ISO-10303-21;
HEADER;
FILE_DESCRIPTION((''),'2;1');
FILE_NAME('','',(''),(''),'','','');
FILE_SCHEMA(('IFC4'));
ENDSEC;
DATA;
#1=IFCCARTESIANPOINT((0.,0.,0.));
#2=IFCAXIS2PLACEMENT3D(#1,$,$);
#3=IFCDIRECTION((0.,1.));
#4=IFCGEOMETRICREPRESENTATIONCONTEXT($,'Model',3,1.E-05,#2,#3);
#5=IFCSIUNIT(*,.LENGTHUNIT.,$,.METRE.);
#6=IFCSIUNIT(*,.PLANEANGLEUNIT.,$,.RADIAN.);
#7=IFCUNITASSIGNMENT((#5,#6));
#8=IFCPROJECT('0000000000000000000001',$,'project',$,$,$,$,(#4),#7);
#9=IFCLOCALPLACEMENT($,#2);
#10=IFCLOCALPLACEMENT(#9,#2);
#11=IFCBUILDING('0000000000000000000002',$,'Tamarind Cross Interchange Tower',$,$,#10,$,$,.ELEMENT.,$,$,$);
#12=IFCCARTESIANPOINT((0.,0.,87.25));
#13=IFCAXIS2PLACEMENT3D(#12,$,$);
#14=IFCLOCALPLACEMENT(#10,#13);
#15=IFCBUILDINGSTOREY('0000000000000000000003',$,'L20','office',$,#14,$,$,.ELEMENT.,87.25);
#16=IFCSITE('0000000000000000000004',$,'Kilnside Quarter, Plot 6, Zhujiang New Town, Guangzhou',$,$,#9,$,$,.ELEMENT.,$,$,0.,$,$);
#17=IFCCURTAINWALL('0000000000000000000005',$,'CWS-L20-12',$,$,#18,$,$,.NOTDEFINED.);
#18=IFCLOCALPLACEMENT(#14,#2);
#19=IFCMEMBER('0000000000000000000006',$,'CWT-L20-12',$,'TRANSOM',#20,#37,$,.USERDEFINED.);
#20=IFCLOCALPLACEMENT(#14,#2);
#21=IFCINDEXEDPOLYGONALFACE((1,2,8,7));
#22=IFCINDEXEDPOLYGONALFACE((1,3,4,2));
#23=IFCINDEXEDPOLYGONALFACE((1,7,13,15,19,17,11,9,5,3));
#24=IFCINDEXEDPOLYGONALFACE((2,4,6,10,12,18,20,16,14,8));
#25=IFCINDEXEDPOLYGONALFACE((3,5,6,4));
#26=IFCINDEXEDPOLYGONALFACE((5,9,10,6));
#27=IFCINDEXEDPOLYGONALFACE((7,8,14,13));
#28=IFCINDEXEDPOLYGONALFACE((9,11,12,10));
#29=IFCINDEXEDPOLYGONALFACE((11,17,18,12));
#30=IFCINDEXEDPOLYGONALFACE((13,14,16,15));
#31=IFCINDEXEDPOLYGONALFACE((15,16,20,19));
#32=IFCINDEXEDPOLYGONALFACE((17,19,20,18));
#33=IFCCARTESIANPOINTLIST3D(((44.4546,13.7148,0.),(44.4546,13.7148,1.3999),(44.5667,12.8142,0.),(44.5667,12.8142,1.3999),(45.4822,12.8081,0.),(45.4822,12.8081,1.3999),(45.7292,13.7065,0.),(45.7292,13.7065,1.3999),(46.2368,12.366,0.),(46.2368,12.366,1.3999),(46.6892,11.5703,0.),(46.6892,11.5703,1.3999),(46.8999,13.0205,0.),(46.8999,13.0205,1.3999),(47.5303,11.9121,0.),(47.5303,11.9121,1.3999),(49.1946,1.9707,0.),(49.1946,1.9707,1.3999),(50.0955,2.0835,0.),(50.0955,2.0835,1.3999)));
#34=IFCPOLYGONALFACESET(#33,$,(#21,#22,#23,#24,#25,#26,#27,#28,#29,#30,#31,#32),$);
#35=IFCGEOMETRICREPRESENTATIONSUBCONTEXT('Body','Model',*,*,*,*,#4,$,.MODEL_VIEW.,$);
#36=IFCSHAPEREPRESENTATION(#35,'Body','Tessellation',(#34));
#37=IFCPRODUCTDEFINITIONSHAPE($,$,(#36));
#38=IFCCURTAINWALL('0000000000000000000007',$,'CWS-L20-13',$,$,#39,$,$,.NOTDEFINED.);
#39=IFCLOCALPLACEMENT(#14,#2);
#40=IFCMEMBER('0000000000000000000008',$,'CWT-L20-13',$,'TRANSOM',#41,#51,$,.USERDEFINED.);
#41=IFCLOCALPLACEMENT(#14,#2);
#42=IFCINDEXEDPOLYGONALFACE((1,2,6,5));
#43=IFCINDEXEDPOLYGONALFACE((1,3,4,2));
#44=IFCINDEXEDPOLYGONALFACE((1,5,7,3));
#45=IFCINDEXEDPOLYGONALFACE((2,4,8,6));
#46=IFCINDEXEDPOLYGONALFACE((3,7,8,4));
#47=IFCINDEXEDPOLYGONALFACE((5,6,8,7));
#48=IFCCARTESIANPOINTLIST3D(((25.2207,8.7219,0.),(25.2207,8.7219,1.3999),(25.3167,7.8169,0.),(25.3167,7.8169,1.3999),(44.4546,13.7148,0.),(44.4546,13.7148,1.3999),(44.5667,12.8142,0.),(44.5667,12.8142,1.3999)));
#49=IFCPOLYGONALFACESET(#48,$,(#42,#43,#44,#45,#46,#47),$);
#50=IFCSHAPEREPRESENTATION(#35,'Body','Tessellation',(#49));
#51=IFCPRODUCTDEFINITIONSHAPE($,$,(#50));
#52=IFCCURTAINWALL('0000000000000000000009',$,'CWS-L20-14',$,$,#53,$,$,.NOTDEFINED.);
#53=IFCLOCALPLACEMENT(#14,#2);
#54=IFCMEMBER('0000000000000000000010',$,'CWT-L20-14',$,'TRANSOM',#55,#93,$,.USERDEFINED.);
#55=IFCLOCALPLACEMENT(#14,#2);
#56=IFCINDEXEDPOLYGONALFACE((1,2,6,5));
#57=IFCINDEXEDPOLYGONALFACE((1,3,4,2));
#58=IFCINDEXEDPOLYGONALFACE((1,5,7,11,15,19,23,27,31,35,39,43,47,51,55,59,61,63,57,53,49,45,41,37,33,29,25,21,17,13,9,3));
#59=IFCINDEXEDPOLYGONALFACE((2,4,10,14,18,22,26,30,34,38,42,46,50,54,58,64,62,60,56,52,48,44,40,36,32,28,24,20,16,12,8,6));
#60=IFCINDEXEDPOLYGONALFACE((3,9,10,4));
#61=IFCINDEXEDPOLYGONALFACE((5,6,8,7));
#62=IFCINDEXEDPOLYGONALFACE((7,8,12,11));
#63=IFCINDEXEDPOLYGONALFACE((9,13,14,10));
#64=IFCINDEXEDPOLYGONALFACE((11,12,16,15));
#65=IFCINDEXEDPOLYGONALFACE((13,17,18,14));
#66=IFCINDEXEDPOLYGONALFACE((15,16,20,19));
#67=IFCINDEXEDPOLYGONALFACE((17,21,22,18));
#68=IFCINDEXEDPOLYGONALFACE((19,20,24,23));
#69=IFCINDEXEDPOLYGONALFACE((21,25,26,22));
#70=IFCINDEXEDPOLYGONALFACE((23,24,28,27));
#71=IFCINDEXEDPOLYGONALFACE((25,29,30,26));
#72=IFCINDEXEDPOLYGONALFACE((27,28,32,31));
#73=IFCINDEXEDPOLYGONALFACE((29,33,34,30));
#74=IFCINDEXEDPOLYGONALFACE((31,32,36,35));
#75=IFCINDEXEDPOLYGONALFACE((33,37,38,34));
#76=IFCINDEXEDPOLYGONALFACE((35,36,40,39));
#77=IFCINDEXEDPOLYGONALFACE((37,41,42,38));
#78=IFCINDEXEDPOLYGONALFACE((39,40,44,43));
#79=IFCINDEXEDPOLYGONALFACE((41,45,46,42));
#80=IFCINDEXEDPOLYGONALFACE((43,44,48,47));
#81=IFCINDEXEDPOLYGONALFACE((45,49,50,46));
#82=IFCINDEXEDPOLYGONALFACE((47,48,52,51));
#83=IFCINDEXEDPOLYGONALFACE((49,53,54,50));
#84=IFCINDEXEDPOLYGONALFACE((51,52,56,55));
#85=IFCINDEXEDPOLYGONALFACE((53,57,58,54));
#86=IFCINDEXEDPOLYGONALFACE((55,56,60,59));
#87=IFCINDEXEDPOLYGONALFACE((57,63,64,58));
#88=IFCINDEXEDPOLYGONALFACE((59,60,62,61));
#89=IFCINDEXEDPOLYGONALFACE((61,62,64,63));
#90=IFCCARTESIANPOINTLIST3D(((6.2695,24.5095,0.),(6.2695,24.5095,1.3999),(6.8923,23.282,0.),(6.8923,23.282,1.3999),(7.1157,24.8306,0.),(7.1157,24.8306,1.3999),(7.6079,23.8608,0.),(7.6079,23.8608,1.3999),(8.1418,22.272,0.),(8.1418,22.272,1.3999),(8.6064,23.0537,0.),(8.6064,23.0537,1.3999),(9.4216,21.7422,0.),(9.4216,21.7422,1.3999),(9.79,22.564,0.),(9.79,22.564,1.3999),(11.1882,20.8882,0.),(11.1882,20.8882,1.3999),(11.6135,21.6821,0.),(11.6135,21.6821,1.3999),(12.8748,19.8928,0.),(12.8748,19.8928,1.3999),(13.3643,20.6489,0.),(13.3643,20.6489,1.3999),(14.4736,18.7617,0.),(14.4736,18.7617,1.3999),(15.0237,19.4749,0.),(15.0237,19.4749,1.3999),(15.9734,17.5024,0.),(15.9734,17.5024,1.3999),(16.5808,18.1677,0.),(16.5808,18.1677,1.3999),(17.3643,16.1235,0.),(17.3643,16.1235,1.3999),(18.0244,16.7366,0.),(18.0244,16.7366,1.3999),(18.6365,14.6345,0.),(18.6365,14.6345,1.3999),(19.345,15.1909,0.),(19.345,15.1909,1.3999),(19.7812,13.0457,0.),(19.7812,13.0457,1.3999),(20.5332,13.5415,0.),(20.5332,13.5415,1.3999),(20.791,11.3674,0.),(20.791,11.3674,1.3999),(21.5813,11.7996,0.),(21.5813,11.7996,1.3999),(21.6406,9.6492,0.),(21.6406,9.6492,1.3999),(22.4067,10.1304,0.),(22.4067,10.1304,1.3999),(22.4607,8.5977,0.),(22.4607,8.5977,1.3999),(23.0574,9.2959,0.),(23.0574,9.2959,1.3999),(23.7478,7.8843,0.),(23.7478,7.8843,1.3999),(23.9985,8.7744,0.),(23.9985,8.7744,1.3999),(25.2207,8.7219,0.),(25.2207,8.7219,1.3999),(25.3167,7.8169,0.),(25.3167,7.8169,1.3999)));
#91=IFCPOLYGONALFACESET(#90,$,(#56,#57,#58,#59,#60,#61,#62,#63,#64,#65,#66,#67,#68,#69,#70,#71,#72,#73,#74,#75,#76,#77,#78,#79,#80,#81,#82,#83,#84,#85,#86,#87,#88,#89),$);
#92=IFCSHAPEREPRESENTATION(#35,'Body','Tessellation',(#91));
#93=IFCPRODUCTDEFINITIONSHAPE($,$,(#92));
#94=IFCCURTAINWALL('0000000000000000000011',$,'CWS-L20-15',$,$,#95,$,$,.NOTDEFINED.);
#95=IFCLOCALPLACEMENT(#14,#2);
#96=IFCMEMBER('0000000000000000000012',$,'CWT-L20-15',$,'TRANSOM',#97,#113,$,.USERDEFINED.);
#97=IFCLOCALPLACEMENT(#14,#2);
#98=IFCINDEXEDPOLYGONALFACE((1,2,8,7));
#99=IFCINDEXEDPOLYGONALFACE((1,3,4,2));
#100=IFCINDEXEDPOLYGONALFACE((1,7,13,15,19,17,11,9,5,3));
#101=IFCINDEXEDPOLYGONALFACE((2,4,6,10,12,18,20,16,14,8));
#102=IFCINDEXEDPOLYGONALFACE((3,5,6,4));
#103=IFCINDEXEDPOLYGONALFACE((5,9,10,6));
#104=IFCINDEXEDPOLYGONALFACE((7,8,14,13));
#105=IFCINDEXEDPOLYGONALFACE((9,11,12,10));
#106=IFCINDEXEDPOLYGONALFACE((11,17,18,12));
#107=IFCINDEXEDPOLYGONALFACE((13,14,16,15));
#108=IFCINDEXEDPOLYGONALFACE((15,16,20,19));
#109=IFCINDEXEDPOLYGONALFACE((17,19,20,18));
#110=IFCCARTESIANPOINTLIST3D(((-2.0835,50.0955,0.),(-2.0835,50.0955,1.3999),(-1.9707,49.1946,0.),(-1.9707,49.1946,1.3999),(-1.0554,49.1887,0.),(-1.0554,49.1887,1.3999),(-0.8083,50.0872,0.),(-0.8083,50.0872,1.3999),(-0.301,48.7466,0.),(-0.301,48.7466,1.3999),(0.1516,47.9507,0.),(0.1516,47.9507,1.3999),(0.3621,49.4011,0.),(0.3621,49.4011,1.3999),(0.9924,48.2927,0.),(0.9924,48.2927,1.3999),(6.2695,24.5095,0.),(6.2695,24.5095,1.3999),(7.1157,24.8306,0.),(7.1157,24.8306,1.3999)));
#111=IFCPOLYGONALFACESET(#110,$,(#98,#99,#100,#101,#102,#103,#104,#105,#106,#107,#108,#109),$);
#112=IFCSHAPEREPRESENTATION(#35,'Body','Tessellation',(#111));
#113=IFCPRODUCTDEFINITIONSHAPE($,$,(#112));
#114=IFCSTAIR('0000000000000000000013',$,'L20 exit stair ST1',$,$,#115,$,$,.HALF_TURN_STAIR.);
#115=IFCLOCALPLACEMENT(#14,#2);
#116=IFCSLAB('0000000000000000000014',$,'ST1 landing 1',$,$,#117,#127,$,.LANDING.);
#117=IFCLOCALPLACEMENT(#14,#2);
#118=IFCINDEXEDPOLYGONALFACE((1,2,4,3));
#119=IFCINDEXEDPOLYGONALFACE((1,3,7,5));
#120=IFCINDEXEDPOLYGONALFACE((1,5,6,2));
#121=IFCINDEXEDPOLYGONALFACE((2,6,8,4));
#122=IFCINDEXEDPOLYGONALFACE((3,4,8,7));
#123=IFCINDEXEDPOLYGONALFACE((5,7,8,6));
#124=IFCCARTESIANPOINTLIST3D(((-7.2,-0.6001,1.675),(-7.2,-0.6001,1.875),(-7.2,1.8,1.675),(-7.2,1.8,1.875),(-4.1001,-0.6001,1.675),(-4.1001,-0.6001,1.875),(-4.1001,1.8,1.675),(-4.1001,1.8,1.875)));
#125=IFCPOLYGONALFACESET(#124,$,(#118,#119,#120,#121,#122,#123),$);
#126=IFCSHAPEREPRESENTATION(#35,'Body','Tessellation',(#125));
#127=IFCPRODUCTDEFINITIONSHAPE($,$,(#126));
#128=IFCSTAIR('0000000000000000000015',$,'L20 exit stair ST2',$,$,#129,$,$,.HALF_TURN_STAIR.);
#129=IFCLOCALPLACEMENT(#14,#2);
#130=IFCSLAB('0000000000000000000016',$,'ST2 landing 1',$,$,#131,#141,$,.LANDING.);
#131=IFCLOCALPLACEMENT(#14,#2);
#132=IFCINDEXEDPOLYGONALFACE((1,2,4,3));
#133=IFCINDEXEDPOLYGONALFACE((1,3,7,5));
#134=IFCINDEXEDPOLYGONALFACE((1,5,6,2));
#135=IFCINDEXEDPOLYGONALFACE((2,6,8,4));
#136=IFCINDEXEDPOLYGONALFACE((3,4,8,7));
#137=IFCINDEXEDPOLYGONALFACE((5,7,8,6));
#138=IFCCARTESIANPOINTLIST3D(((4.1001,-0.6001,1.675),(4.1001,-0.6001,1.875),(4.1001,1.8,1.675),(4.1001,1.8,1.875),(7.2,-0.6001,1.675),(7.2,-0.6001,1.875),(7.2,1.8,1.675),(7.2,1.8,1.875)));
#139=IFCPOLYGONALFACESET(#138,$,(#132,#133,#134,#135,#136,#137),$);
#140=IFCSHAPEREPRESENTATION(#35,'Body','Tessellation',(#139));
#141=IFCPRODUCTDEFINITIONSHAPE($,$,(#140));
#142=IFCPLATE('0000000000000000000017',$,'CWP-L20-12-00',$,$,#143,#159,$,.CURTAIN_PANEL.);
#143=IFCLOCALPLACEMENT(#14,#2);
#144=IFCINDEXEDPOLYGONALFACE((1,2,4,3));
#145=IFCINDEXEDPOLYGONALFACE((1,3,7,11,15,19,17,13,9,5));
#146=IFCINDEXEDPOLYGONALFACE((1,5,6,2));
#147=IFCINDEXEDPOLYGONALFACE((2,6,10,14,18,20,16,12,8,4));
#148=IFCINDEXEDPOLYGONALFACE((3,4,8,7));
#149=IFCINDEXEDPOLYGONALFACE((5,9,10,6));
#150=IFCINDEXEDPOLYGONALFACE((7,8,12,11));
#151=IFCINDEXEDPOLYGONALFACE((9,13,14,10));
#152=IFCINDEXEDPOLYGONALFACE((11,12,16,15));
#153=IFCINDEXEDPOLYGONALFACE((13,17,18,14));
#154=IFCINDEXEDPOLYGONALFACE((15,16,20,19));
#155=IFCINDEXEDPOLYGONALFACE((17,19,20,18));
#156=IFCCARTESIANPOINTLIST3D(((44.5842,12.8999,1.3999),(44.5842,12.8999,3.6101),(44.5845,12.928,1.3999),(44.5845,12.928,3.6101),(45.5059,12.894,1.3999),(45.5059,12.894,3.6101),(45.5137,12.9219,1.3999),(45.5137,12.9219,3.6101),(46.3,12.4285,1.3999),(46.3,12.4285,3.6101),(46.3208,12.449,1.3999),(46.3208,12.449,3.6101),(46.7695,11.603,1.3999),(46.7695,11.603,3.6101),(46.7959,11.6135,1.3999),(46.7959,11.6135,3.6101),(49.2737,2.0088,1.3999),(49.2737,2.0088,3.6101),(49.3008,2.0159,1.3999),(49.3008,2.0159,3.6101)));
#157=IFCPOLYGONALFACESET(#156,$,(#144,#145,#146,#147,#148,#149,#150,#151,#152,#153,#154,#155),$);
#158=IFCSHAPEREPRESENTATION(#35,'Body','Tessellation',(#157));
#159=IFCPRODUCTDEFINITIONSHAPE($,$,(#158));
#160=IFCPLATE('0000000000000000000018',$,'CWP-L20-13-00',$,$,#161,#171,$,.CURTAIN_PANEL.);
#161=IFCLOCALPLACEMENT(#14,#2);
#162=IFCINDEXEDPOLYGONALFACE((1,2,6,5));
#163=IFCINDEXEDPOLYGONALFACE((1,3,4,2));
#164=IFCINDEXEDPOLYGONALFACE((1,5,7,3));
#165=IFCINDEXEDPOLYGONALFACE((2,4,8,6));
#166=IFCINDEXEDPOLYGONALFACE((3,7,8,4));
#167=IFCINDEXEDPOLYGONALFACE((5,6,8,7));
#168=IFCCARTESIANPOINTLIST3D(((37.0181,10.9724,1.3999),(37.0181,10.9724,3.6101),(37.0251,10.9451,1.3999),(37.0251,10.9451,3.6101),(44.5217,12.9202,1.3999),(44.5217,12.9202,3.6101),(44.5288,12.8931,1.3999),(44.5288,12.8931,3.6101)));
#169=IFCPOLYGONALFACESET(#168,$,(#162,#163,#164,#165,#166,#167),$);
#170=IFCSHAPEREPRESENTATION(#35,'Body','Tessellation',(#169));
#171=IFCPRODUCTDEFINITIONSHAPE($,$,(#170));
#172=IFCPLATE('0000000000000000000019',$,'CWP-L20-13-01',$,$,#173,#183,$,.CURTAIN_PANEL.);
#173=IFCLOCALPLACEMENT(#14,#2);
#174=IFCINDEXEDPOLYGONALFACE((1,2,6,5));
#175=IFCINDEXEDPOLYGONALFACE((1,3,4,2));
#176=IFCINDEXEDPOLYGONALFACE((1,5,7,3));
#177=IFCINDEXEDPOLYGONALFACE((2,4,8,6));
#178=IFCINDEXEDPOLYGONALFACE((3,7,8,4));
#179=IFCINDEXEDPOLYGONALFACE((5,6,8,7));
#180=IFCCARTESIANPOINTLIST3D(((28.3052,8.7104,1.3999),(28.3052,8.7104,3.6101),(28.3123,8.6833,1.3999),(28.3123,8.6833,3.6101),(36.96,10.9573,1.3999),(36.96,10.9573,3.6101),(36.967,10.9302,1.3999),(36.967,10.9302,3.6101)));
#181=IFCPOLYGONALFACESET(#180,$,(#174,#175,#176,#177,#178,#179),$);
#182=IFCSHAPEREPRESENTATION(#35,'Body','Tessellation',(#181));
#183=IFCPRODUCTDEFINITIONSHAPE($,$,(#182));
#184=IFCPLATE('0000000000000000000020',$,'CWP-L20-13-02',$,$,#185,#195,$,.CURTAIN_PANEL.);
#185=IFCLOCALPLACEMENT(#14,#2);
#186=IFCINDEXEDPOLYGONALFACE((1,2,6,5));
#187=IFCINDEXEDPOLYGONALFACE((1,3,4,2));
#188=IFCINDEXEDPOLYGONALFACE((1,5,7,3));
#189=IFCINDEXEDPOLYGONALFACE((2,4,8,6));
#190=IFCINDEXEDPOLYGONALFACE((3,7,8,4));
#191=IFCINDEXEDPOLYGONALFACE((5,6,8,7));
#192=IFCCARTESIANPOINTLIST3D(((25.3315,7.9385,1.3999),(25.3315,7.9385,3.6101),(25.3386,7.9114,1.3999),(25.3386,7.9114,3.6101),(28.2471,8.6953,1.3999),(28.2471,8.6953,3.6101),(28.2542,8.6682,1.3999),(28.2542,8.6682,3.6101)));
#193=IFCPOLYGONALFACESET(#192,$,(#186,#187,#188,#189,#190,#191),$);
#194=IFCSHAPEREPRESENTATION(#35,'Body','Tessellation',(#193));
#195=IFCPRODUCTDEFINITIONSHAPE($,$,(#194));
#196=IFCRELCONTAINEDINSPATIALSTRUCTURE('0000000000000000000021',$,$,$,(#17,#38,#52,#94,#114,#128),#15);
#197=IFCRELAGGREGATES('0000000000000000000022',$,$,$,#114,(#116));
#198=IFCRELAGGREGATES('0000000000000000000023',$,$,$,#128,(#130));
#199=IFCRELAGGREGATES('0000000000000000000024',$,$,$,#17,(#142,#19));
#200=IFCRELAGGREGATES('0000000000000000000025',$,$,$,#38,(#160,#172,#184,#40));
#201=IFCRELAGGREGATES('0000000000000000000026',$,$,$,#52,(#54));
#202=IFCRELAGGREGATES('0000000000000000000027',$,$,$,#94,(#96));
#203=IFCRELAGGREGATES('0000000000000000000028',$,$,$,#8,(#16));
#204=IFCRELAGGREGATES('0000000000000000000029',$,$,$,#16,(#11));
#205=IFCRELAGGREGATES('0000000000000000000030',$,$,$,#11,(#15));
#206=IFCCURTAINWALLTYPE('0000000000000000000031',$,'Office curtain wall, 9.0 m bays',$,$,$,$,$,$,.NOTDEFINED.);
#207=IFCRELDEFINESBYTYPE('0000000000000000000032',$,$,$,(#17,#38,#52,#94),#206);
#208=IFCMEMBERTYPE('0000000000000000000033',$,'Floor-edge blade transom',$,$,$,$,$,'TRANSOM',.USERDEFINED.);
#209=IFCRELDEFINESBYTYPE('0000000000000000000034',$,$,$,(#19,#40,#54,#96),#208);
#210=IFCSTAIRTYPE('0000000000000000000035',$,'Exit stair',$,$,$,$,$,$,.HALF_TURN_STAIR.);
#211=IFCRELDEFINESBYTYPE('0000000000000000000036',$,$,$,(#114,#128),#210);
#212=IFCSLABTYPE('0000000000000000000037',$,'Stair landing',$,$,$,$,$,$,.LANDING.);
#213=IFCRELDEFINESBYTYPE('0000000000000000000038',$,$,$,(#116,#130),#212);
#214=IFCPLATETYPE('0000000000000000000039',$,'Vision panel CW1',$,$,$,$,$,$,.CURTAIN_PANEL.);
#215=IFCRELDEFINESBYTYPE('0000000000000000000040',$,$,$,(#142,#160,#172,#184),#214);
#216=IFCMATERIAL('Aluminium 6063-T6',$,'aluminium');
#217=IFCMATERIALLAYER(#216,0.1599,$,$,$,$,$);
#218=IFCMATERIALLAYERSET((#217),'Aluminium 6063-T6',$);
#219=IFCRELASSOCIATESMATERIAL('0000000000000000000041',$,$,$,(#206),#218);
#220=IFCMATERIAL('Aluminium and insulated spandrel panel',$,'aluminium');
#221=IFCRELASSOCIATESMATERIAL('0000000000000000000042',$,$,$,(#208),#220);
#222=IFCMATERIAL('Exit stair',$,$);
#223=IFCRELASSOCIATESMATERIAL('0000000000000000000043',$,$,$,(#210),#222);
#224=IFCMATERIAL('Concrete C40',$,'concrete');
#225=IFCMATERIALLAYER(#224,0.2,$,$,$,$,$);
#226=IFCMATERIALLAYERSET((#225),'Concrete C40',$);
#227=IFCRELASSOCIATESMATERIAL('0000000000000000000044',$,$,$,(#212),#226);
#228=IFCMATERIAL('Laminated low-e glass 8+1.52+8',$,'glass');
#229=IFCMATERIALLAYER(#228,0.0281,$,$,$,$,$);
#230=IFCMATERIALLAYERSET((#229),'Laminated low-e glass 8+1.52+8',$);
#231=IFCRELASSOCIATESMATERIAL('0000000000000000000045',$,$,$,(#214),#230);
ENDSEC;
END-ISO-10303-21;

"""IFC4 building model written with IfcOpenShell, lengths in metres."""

from ifc_helpers import new_model, si_unit, direction, frame, origin, place, context, subcontext, project, spatial, polyline, outline, extrude, material, layer, layer_set, type_object, element, aggregate, save


model = new_model("IFC4")

# Units and contexts
model_context = context("Model", 3, precision=1e-05, world=origin(), true_north=direction((0.0, 1.0)))
body_context = subcontext(model_context, "Body", "Model", "MODEL_VIEW")
ifc_project = project(units=[si_unit("LENGTHUNIT", "METRE"), si_unit("PLANEANGLEUNIT", "RADIAN")], contexts=[model_context])

# Site, building, storey
site_placement = place(None, origin())
site = spatial("IfcSite", under=ifc_project, at=site_placement, Name="Kilnside Quarter, Plot 6, Zhujiang New Town, Guangzhou", CompositionType="ELEMENT", RefElevation=0.0)
building_placement = place(site_placement, origin())
building = spatial("IfcBuilding", under=site, at=building_placement, Name="Tamarind Cross Interchange Tower", CompositionType="ELEMENT")
storey_placement = place(building_placement, frame((0.0, 0.0, 87.25)))
storey = spatial("IfcBuildingStorey", under=building, at=storey_placement, Name="L20", Description="office", CompositionType="ELEMENT", Elevation=87.25)

# Curtain walls, members
ifc_material_1 = material(Name="Aluminium 6063-T6", Category="aluminium")
ifc_layer_1 = layer(ifc_material_1, 0.1599)
ifc_layer_set_1 = layer_set([ifc_layer_1], Name="Aluminium 6063-T6")
curtain_wall_type = type_object("IfcCurtainWallType", Name="Office curtain wall, 9.0 m bays", PredefinedType="NOTDEFINED", material=ifc_layer_set_1)
curtain_wall_1_placement = place(storey_placement, origin())
curtain_wall_1 = element("IfcCurtainWall", 1, at=curtain_wall_1_placement, inside=storey, type_object=curtain_wall_type, Name="CWS-L20-12", PredefinedType="NOTDEFINED")
ifc_material_2 = material(Name="Aluminium and insulated spandrel panel", Category="aluminium")
member_type = type_object("IfcMemberType", Name="Floor-edge blade transom", ElementType="TRANSOM", PredefinedType="USERDEFINED", material=ifc_material_2)
member_1_placement = place(storey_placement, origin())
member_1 = element("IfcMember", 2, at=member_1_placement, type_object=member_type, Name="CWT-L20-12", ObjectType="TRANSOM", PredefinedType="USERDEFINED", context=body_context, shape_type="SweptSolid", body=[
    extrude(outline(polyline([(49.1946, 1.9707), (46.6892, 11.5703), (46.2368, 12.366), (45.4822, 12.8081), (44.5667, 12.8142), (44.4546, 13.7148), (45.7292, 13.7065), (46.8999, 13.0205), (47.5303, 11.9121), (50.0955, 2.0835), (49.1946, 1.9707)])), origin(), (0.0, 0.0, 1.0), 1.3999),
])
curtain_wall_2_placement = place(storey_placement, origin())
curtain_wall_2 = element("IfcCurtainWall", 3, at=curtain_wall_2_placement, inside=storey, type_object=curtain_wall_type, Name="CWS-L20-13", PredefinedType="NOTDEFINED")
member_2_placement = place(storey_placement, origin())
member_2 = element("IfcMember", 4, at=member_2_placement, type_object=member_type, Name="CWT-L20-13", ObjectType="TRANSOM", PredefinedType="USERDEFINED", context=body_context, shape_type="SweptSolid", body=[
    extrude(outline(polyline([(44.5667, 12.8142), (25.3167, 7.8169), (25.2207, 8.7219), (44.4546, 13.7148), (44.5667, 12.8142)])), origin(), (0.0, 0.0, 1.0), 1.3999),
])
curtain_wall_3_placement = place(storey_placement, origin())
curtain_wall_3 = element("IfcCurtainWall", 5, at=curtain_wall_3_placement, inside=storey, type_object=curtain_wall_type, Name="CWS-L20-14", PredefinedType="NOTDEFINED")
member_3_placement = place(storey_placement, origin())
member_3 = element("IfcMember", 6, at=member_3_placement, type_object=member_type, Name="CWT-L20-14", ObjectType="TRANSOM", PredefinedType="USERDEFINED", context=body_context, shape_type="SweptSolid", body=[
    extrude(outline(polyline([(25.3167, 7.8169), (23.7478, 7.8843), (22.4607, 8.5977), (21.6406, 9.6492), (20.791, 11.3674), (19.7812, 13.0457), (18.6365, 14.6345), (17.3643, 16.1235), (15.9734, 17.5024), (14.4736, 18.7617), (12.8748, 19.8928), (11.1882, 20.8882), (9.4216, 21.7422), (8.1418, 22.272), (6.8923, 23.282), (6.2695, 24.5095), (7.1157, 24.8306), (7.6079, 23.8608), (8.6064, 23.0537), (9.79, 22.564), (11.6135, 21.6821), (13.3643, 20.6489), (15.0237, 19.4749), (16.5808, 18.1677), (18.0244, 16.7366), (19.345, 15.1909), (20.5332, 13.5415), (21.5813, 11.7996), (22.4067, 10.1304), (23.0574, 9.2959), (23.9985, 8.7744), (25.2207, 8.7219), (25.3167, 7.8169)])), origin(), (0.0, 0.0, 1.0), 1.3999),
])
curtain_wall_4_placement = place(storey_placement, origin())
curtain_wall_4 = element("IfcCurtainWall", 7, at=curtain_wall_4_placement, inside=storey, type_object=curtain_wall_type, Name="CWS-L20-15", PredefinedType="NOTDEFINED")
member_4_placement = place(storey_placement, origin())
member_4 = element("IfcMember", 8, at=member_4_placement, type_object=member_type, Name="CWT-L20-15", ObjectType="TRANSOM", PredefinedType="USERDEFINED", context=body_context, shape_type="SweptSolid", body=[
    extrude(outline(polyline([(6.2695, 24.5095), (0.1516, 47.9507), (-0.301, 48.7466), (-1.0554, 49.1887), (-1.9707, 49.1946), (-2.0835, 50.0955), (-0.8083, 50.0872), (0.3621, 49.4011), (0.9924, 48.2927), (7.1157, 24.8306), (6.2695, 24.5095)])), origin(), (0.0, 0.0, 1.0), 1.3999),
])

# Stairs, slabs
ifc_material_3 = material(Name="Exit stair")
stair_type = type_object("IfcStairType", Name="Exit stair", PredefinedType="HALF_TURN_STAIR", material=ifc_material_3)
stair_1_placement = place(storey_placement, origin())
stair_1 = element("IfcStair", 9, at=stair_1_placement, inside=storey, type_object=stair_type, Name="L20 exit stair ST1", PredefinedType="HALF_TURN_STAIR")
ifc_material_4 = material(Name="Concrete C40", Category="concrete")
ifc_layer_2 = layer(ifc_material_4, 0.2)
ifc_layer_set_2 = layer_set([ifc_layer_2], Name="Concrete C40")
slab_type = type_object("IfcSlabType", Name="Stair landing", PredefinedType="LANDING", material=ifc_layer_set_2)
slab_1_placement = place(storey_placement, frame((0.0, 0.0, 1.675)))
slab_1 = element("IfcSlab", 10, at=slab_1_placement, type_object=slab_type, Name="ST1 landing 1", PredefinedType="LANDING", context=body_context, shape_type="SweptSolid", body=[
    extrude(outline(polyline([(-4.1001, -0.6001), (-4.1001, 1.8), (-7.2, 1.8), (-7.2, -0.6001), (-4.1001, -0.6001)])), origin(), (0.0, 0.0, 1.0), 0.2),
])
aggregate(stair_1, [slab_1])
stair_2_placement = place(storey_placement, origin())
stair_2 = element("IfcStair", 11, at=stair_2_placement, inside=storey, type_object=stair_type, Name="L20 exit stair ST2", PredefinedType="HALF_TURN_STAIR")
slab_2_placement = place(storey_placement, frame((0.0, 0.0, 1.675)))
slab_2 = element("IfcSlab", 12, at=slab_2_placement, type_object=slab_type, Name="ST2 landing 1", PredefinedType="LANDING", context=body_context, shape_type="SweptSolid", body=[
    extrude(outline(polyline([(7.2, -0.6001), (7.2, 1.8), (4.1001, 1.8), (4.1001, -0.6001), (7.2, -0.6001)])), origin(), (0.0, 0.0, 1.0), 0.2),
])
aggregate(stair_2, [slab_2])

# Plates
ifc_material_5 = material(Name="Laminated low-e glass 8+1.52+8", Category="glass")
ifc_layer_3 = layer(ifc_material_5, 0.0281)
ifc_layer_set_3 = layer_set([ifc_layer_3], Name="Laminated low-e glass 8+1.52+8")
plate_type = type_object("IfcPlateType", Name="Vision panel CW1", PredefinedType="CURTAIN_PANEL", material=ifc_layer_set_3)
plate_1_placement = place(storey_placement, frame((0.0, 0.0, 1.3999)))
plate_1 = element("IfcPlate", 13, at=plate_1_placement, type_object=plate_type, Name="CWP-L20-12-00", PredefinedType="CURTAIN_PANEL", context=body_context, shape_type="SweptSolid", body=[
    extrude(outline(polyline([(49.2737, 2.0088), (46.7695, 11.603), (46.3, 12.4285), (45.5059, 12.894), (44.5842, 12.8999), (44.5845, 12.928), (45.5137, 12.9219), (46.3208, 12.449), (46.7959, 11.6135), (49.3008, 2.0159), (49.2737, 2.0088)])), origin(), (0.0, 0.0, 1.0), 2.2102),
])
aggregate(curtain_wall_1, [plate_1, member_1])
plate_2_placement = place(storey_placement, frame((0.0, 0.0, 1.3999)))
plate_2 = element("IfcPlate", 14, at=plate_2_placement, type_object=plate_type, Name="CWP-L20-13-00", PredefinedType="CURTAIN_PANEL", context=body_context, shape_type="SweptSolid", body=[
    extrude(outline(polyline([(44.5288, 12.8931), (37.0251, 10.9451), (37.0181, 10.9724), (44.5217, 12.9202), (44.5288, 12.8931)])), origin(), (0.0, 0.0, 1.0), 2.2102),
])
plate_3_placement = place(storey_placement, frame((0.0, 0.0, 1.3999)))
plate_3 = element("IfcPlate", 15, at=plate_3_placement, type_object=plate_type, Name="CWP-L20-13-01", PredefinedType="CURTAIN_PANEL", context=body_context, shape_type="SweptSolid", body=[
    extrude(outline(polyline([(36.967, 10.9302), (28.3123, 8.6833), (28.3052, 8.7104), (36.96, 10.9573), (36.967, 10.9302)])), origin(), (0.0, 0.0, 1.0), 2.2102),
])
plate_4_placement = place(storey_placement, frame((0.0, 0.0, 1.3999)))
plate_4 = element("IfcPlate", 16, at=plate_4_placement, type_object=plate_type, Name="CWP-L20-13-02", PredefinedType="CURTAIN_PANEL", context=body_context, shape_type="SweptSolid", body=[
    extrude(outline(polyline([(28.2542, 8.6682), (25.3386, 7.9114), (25.3315, 7.9385), (28.2471, 8.6953), (28.2542, 8.6682)])), origin(), (0.0, 0.0, 1.0), 2.2102),
])
aggregate(curtain_wall_2, [plate_2, plate_3, plate_4, member_2])
aggregate(curtain_wall_3, [member_3])
aggregate(curtain_wall_4, [member_4])

save(model, "model.ifc")
